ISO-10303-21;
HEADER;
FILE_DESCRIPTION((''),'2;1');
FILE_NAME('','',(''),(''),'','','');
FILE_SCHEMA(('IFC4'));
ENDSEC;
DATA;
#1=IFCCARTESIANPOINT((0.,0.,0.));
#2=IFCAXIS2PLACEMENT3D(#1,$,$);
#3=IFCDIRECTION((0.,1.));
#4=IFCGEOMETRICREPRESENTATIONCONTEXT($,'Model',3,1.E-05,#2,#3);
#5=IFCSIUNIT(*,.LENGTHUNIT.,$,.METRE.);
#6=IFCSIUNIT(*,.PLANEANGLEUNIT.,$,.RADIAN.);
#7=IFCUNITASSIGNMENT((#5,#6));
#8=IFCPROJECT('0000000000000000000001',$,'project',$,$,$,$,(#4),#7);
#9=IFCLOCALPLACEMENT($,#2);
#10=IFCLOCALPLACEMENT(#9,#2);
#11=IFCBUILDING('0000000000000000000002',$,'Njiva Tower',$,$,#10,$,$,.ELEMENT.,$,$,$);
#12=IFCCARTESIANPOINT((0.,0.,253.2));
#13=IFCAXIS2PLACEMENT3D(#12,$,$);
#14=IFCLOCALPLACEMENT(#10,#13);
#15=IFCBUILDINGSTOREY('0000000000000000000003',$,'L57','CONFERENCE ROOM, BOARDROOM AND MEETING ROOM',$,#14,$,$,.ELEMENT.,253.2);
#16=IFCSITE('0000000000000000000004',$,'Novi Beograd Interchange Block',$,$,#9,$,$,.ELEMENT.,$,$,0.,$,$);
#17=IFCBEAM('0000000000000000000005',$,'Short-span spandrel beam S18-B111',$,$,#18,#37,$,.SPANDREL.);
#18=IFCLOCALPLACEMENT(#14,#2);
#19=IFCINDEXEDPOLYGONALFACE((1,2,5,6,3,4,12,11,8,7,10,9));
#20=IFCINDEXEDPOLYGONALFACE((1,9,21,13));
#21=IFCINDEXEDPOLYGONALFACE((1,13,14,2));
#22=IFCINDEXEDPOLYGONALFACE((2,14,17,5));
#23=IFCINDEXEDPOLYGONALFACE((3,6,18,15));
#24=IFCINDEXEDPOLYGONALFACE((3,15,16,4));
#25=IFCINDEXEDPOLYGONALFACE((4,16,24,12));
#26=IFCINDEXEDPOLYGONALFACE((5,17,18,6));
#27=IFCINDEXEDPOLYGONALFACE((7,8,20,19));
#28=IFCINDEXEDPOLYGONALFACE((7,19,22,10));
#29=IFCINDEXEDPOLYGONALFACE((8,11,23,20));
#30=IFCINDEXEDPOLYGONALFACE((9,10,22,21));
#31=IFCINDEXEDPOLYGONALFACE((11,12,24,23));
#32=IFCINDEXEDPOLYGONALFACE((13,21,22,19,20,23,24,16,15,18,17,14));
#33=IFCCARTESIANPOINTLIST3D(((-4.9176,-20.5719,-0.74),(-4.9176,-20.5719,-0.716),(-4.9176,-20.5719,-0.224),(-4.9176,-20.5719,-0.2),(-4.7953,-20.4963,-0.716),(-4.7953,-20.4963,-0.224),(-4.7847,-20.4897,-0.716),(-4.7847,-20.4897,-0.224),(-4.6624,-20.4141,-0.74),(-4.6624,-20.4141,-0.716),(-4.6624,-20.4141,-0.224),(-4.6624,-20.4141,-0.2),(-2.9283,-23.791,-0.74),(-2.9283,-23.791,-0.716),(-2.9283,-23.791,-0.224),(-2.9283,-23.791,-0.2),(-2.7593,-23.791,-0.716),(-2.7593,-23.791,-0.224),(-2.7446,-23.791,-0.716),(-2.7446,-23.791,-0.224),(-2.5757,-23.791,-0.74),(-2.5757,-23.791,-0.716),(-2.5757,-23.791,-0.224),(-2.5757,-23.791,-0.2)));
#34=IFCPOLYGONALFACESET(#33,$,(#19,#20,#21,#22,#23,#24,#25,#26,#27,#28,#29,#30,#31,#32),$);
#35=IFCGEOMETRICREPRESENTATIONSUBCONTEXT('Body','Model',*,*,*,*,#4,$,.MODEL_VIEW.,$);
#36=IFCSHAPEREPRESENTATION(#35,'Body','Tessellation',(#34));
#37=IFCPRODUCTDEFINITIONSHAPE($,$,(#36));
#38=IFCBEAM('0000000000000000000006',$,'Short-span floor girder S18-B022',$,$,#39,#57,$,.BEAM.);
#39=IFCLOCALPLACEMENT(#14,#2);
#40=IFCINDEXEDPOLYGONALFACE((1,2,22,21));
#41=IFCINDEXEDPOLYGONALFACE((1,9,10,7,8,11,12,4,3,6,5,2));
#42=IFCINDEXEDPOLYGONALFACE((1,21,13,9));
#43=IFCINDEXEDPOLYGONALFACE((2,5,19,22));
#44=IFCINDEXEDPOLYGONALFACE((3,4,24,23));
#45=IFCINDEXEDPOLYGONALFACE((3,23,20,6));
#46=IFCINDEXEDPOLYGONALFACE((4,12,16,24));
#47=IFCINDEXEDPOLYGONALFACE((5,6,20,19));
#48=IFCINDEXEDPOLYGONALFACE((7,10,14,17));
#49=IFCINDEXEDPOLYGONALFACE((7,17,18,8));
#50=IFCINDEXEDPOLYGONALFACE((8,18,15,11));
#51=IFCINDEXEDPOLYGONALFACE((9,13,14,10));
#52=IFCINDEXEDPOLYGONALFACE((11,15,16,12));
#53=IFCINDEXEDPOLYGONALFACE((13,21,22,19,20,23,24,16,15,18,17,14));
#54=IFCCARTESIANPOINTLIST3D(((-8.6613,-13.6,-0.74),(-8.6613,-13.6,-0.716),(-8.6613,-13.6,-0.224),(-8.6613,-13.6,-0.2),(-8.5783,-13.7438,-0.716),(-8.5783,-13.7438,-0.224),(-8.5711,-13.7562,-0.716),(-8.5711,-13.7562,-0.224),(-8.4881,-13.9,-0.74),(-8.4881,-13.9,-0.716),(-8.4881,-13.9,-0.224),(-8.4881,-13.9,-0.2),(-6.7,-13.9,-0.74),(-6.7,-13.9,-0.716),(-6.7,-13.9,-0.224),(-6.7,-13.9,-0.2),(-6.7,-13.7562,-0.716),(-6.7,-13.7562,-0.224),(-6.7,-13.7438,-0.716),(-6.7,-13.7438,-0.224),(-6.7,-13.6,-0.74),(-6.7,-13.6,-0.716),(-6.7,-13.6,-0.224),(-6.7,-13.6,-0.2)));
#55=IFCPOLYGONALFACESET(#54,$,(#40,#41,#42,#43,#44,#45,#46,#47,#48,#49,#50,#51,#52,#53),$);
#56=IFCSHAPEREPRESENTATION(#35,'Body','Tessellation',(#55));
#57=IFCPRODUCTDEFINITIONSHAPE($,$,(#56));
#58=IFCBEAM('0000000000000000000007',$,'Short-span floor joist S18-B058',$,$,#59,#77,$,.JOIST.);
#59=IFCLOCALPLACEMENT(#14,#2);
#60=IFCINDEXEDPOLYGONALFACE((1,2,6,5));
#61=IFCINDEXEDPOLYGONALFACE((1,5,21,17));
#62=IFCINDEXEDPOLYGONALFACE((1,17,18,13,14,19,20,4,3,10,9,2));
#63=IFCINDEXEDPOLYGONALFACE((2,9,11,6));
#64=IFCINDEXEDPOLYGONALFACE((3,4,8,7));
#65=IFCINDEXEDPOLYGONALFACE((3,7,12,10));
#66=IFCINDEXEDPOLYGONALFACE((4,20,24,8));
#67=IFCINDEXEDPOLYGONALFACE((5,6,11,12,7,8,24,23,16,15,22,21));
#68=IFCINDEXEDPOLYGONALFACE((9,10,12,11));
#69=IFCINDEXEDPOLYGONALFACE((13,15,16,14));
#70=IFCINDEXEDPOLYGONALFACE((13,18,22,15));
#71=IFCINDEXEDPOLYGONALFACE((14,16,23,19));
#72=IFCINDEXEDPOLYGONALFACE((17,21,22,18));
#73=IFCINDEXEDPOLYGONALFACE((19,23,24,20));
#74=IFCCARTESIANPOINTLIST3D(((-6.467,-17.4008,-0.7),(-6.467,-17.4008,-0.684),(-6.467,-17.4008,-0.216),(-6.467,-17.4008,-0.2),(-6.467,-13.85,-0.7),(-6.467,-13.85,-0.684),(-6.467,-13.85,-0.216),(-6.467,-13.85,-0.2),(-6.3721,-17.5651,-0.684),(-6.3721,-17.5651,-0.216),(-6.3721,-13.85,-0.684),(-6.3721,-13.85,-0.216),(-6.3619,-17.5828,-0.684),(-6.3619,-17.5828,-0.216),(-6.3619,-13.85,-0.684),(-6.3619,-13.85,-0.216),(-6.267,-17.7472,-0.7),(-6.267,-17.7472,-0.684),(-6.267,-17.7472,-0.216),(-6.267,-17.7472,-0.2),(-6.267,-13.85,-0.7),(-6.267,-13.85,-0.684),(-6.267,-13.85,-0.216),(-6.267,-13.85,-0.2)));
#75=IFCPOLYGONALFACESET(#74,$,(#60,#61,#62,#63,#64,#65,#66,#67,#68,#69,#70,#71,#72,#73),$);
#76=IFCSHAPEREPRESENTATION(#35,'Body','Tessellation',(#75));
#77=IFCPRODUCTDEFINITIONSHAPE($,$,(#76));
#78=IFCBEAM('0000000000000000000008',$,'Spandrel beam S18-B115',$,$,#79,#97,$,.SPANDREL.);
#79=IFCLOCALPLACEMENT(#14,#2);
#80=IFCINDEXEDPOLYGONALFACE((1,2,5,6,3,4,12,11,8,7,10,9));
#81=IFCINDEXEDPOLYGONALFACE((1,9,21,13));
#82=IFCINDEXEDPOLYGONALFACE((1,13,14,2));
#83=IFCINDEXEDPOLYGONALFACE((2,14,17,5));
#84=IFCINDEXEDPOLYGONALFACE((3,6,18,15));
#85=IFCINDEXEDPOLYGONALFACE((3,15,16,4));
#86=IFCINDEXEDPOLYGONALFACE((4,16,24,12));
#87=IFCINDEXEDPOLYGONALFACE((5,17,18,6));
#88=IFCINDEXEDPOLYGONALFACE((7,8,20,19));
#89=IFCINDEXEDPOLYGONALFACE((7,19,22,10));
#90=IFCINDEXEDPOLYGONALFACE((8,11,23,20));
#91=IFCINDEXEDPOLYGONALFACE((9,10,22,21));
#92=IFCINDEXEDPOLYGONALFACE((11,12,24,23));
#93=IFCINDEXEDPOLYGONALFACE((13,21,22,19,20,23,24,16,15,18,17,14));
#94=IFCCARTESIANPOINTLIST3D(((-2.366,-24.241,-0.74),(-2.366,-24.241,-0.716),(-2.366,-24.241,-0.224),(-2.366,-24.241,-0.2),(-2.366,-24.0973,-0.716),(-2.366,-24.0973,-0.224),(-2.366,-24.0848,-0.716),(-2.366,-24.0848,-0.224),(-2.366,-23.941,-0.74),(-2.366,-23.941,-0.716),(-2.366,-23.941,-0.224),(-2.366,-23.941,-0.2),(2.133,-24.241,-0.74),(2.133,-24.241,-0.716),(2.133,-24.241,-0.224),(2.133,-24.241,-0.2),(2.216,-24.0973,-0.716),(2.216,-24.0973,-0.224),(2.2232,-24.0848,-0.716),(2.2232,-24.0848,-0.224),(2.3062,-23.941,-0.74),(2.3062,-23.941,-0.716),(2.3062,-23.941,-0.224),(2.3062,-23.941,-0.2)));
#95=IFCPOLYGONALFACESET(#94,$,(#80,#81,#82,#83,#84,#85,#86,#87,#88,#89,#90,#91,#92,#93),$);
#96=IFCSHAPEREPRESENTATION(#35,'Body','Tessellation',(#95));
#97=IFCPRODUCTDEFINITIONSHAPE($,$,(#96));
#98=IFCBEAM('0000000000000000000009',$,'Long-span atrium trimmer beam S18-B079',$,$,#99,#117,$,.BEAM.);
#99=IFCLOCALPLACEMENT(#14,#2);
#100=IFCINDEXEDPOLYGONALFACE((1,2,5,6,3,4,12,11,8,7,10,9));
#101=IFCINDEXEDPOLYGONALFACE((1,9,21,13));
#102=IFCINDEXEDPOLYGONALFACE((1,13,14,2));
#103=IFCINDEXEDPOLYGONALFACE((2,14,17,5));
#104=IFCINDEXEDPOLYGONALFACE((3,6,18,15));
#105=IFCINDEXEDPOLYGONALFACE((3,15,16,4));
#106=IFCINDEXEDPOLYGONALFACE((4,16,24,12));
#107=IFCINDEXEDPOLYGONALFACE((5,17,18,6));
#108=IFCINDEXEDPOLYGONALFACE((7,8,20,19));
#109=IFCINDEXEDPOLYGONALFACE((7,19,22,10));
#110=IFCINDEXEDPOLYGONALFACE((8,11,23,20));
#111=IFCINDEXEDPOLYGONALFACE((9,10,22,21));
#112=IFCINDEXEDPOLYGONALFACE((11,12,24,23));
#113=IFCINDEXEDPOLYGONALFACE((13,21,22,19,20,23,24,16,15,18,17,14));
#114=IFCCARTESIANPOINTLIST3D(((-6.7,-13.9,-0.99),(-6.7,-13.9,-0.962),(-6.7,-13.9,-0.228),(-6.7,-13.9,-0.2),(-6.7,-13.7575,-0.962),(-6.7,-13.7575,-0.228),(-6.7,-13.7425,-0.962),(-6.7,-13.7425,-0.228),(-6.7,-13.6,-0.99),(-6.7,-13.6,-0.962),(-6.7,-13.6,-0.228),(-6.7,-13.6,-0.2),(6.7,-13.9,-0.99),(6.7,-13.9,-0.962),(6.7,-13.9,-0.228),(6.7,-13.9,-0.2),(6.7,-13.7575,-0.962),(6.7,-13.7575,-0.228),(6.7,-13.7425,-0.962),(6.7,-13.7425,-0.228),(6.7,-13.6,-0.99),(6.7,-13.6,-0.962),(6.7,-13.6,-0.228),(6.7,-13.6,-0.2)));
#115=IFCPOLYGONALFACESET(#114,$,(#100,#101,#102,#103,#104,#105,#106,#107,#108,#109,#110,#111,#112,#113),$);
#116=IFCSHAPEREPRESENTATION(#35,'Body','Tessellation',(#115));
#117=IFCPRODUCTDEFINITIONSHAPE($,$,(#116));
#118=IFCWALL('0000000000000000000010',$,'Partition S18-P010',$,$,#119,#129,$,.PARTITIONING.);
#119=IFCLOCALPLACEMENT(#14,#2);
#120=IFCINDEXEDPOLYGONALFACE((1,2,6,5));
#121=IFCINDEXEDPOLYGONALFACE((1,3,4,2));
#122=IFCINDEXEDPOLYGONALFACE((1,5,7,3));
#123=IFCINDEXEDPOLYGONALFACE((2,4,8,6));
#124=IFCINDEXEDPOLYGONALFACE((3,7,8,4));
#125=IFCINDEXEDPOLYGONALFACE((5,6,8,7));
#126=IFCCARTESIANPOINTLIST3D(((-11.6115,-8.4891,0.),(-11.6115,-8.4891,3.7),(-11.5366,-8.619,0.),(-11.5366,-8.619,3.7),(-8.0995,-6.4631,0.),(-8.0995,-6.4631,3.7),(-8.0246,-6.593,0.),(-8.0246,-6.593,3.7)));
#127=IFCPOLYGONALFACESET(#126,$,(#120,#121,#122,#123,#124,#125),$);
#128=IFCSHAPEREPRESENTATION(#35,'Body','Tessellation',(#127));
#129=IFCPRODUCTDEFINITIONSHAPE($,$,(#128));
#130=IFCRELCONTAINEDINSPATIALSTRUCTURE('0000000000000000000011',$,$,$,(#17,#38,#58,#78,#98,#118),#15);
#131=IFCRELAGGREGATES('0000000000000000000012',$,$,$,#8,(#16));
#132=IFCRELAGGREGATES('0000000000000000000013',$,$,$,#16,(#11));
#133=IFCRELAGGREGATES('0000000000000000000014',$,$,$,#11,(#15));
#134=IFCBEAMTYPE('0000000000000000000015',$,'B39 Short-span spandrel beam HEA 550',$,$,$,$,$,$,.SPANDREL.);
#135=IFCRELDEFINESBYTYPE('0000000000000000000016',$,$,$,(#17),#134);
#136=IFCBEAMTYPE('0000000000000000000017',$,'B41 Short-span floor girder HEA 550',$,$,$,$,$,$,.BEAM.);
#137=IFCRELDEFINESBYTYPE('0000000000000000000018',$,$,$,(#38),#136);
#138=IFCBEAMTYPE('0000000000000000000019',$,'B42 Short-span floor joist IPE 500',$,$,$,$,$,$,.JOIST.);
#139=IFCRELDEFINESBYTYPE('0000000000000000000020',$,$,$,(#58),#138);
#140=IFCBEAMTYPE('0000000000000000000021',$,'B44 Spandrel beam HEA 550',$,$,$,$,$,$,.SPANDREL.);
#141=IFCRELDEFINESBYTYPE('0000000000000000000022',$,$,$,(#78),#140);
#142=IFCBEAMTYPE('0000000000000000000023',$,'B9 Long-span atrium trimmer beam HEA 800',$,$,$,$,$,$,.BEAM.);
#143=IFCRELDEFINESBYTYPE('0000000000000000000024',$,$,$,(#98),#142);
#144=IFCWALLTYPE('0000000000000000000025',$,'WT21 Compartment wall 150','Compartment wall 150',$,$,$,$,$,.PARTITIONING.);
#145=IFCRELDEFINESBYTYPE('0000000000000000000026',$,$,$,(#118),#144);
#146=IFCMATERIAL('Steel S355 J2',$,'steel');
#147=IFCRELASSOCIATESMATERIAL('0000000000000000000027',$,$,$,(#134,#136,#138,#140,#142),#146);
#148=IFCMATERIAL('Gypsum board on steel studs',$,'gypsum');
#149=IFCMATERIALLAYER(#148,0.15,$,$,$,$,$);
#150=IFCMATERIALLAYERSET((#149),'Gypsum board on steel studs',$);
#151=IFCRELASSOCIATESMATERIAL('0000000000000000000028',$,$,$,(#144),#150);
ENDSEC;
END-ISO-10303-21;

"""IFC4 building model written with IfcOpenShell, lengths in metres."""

from ifc_helpers import new_model, si_unit, direction, frame, frame_2d, origin, origin_2d, place, context, subcontext, project, spatial, rectangle, i_section, extrude, clip, halfspace, material, layer, layer_set, material_profile, profile_set, type_object, element, save


model = new_model("IFC4")

# Units and contexts
model_context = context("Model", 3, precision=1e-05, world=origin(), true_north=direction((0.0, 1.0)))
body_context = subcontext(model_context, "Body", "Model", "MODEL_VIEW")
ifc_project = project(units=[si_unit("LENGTHUNIT", "METRE"), si_unit("PLANEANGLEUNIT", "RADIAN")], contexts=[model_context])

# Site, building, storey
site_placement = place(None, origin())
site = spatial("IfcSite", under=ifc_project, at=site_placement, Name="Novi Beograd Interchange Block", CompositionType="ELEMENT", RefElevation=0.0)
building_placement = place(site_placement, origin())
building = spatial("IfcBuilding", under=site, at=building_placement, Name="Njiva Tower", CompositionType="ELEMENT")
storey_placement = place(building_placement, frame((0.0, 0.0, 253.2)))
storey = spatial("IfcBuildingStorey", under=building, at=storey_placement, Name="L57", Description="CONFERENCE ROOM, BOARDROOM AND MEETING ROOM", CompositionType="ELEMENT", Elevation=253.2)

# Shared definitions
ifc_material_1 = material(Name="Steel S355 J2", Category="steel")

# Beams
ifc_material_profile_1 = material_profile(ifc_material_1, i_section(OverallWidth=0.3, OverallDepth=0.54, WebThickness=0.0125, FlangeThickness=0.024, at=origin_2d()), Name="HEA 550")
ifc_profile_set_1 = profile_set([ifc_material_profile_1], Name="Steel S355 J2")
beam_type_1 = type_object("IfcBeamType", Name="B39 Short-span spandrel beam HEA 550", PredefinedType="SPANDREL", material=ifc_profile_set_1)
beam_1_placement = place(storey_placement, frame((-4.79, -20.493, -0.47), z_axis=(0.52568, -0.850683, 0.0), x_axis=(0.850683, 0.52568, 0.0)))
element("IfcBeam", 1, at=beam_1_placement, inside=storey, type_object=beam_type_1, Name="Short-span spandrel beam S18-B111", PredefinedType="SPANDREL", context=body_context, shape_type="Clipping", body=[
    clip(extrude(i_section(OverallWidth=0.3, OverallDepth=0.54, WebThickness=0.0125, FlangeThickness=0.024, at=origin_2d()), origin(), (0.0, 0.0, 1.0), 3.9899), halfspace(frame((-0.0259, 0.0, 3.8609), z_axis=(-0.52568, 0.0, 0.850683), x_axis=(0.0, 1.0, 0.0)), False)),
])
ifc_material_profile_2 = material_profile(ifc_material_1, i_section(OverallWidth=0.3, OverallDepth=0.54, WebThickness=0.0125, FlangeThickness=0.024, at=origin_2d()), Name="HEA 550")
ifc_profile_set_2 = profile_set([ifc_material_profile_2], Name="Steel S355 J2")
beam_type_2 = type_object("IfcBeamType", Name="B41 Short-span floor girder HEA 550", PredefinedType="BEAM", material=ifc_profile_set_2)
beam_2_placement = place(storey_placement, frame((-8.682, -13.75, -0.47), z_axis=(1.0, 0.0, 0.0), x_axis=(0.0, 1.0, 0.0)))
element("IfcBeam", 2, at=beam_2_placement, inside=storey, type_object=beam_type_2, Name="Short-span floor girder S18-B022", PredefinedType="BEAM", context=body_context, shape_type="Clipping", body=[
    clip(extrude(i_section(OverallWidth=0.3, OverallDepth=0.54, WebThickness=0.0125, FlangeThickness=0.024, at=origin_2d()), origin(), (0.0, 0.0, 1.0), 1.982), halfspace(frame((-0.025, 0.0, 0.1217), z_axis=(-0.499998, 0.0, -0.866027), x_axis=(0.0, -1.0, 0.0)), False)),
])
ifc_material_profile_3 = material_profile(ifc_material_1, i_section(OverallWidth=0.2, OverallDepth=0.5, WebThickness=0.0102, FlangeThickness=0.016, at=origin_2d()), Name="IPE 500")
ifc_profile_set_3 = profile_set([ifc_material_profile_3], Name="Steel S355 J2")
beam_type_3 = type_object("IfcBeamType", Name="B42 Short-span floor joist IPE 500", PredefinedType="JOIST", material=ifc_profile_set_3)
beam_3_placement = place(storey_placement, frame((-6.367, -13.85, -0.45), z_axis=(0.0, -1.0, 0.0), x_axis=(1.0, 0.0, 0.0)))
element("IfcBeam", 3, at=beam_3_placement, inside=storey, type_object=beam_type_3, Name="Short-span floor joist S18-B058", PredefinedType="JOIST", context=body_context, shape_type="Clipping", body=[
    clip(extrude(i_section(OverallWidth=0.2, OverallDepth=0.5, WebThickness=0.0102, FlangeThickness=0.016, at=origin_2d()), origin(), (0.0, 0.0, 1.0), 3.917), halfspace(frame((-0.043, 0.0, 3.6495), z_axis=(-0.866027, 0.0, 0.499998), x_axis=(0.0, 1.0, 0.0)), False)),
])
ifc_material_profile_4 = material_profile(ifc_material_1, i_section(OverallWidth=0.3, OverallDepth=0.54, WebThickness=0.0125, FlangeThickness=0.024, at=origin_2d()), Name="HEA 550")
ifc_profile_set_4 = profile_set([ifc_material_profile_4], Name="Steel S355 J2")
beam_type_4 = type_object("IfcBeamType", Name="B44 Spandrel beam HEA 550", PredefinedType="SPANDREL", material=ifc_profile_set_4)
beam_4_placement = place(storey_placement, frame((-2.366, -24.091, -0.47), z_axis=(1.0, 0.0, 0.0), x_axis=(0.0, 1.0, 0.0)))
element("IfcBeam", 4, at=beam_4_placement, inside=storey, type_object=beam_type_4, Name="Spandrel beam S18-B115", PredefinedType="SPANDREL", context=body_context, shape_type="Clipping", body=[
    clip(extrude(i_section(OverallWidth=0.3, OverallDepth=0.54, WebThickness=0.0125, FlangeThickness=0.024, at=origin_2d()), origin(), (0.0, 0.0, 1.0), 4.693), halfspace(frame((-0.0247, 0.0, 4.5713), z_axis=(-0.499998, 0.0, 0.866027), x_axis=(0.0, 1.0, 0.0)), False)),
])
ifc_material_profile_5 = material_profile(ifc_material_1, i_section(OverallWidth=0.3, OverallDepth=0.79, WebThickness=0.015, FlangeThickness=0.028, at=origin_2d()), Name="HEA 800")
ifc_profile_set_5 = profile_set([ifc_material_profile_5], Name="Steel S355 J2")
beam_type_5 = type_object("IfcBeamType", Name="B9 Long-span atrium trimmer beam HEA 800", PredefinedType="BEAM", material=ifc_profile_set_5)
beam_5_placement = place(storey_placement, frame((-6.7, -13.75, -0.595), z_axis=(1.0, 0.0, 0.0), x_axis=(0.0, 1.0, 0.0)))
element("IfcBeam", 5, at=beam_5_placement, inside=storey, type_object=beam_type_5, Name="Long-span atrium trimmer beam S18-B079", PredefinedType="BEAM", context=body_context, shape_type="SweptSolid", body=[
    extrude(i_section(OverallWidth=0.3, OverallDepth=0.79, WebThickness=0.015, FlangeThickness=0.028, at=origin_2d()), origin(), (0.0, 0.0, 1.0), 13.4),
])

# Wall
ifc_material_2 = material(Name="Gypsum board on steel studs", Category="gypsum")
ifc_layer_1 = layer(ifc_material_2, 0.15)
ifc_layer_set_1 = layer_set([ifc_layer_1], Name="Gypsum board on steel studs")
wall_type_1 = type_object("IfcWallType", Name="WT21 Compartment wall 150", Description="Compartment wall 150", PredefinedType="PARTITIONING", material=ifc_layer_set_1)
wall_1_placement = place(storey_placement, frame((-11.574, -8.554, 0.0), z_axis=(0.0, 0.0, 1.0), x_axis=(0.866202, 0.499694, 0.0)))
element("IfcWall", 6, at=wall_1_placement, inside=storey, type_object=wall_type_1, Name="Partition S18-P010", PredefinedType="PARTITIONING", context=body_context, shape_type="SweptSolid", body=[
    extrude(rectangle(XDim=4.0545, YDim=0.15, at=frame_2d((2.0272, 0.0))), origin(), (0.0, 0.0, 1.0), 3.7),
])

save(model, "model.ifc")
